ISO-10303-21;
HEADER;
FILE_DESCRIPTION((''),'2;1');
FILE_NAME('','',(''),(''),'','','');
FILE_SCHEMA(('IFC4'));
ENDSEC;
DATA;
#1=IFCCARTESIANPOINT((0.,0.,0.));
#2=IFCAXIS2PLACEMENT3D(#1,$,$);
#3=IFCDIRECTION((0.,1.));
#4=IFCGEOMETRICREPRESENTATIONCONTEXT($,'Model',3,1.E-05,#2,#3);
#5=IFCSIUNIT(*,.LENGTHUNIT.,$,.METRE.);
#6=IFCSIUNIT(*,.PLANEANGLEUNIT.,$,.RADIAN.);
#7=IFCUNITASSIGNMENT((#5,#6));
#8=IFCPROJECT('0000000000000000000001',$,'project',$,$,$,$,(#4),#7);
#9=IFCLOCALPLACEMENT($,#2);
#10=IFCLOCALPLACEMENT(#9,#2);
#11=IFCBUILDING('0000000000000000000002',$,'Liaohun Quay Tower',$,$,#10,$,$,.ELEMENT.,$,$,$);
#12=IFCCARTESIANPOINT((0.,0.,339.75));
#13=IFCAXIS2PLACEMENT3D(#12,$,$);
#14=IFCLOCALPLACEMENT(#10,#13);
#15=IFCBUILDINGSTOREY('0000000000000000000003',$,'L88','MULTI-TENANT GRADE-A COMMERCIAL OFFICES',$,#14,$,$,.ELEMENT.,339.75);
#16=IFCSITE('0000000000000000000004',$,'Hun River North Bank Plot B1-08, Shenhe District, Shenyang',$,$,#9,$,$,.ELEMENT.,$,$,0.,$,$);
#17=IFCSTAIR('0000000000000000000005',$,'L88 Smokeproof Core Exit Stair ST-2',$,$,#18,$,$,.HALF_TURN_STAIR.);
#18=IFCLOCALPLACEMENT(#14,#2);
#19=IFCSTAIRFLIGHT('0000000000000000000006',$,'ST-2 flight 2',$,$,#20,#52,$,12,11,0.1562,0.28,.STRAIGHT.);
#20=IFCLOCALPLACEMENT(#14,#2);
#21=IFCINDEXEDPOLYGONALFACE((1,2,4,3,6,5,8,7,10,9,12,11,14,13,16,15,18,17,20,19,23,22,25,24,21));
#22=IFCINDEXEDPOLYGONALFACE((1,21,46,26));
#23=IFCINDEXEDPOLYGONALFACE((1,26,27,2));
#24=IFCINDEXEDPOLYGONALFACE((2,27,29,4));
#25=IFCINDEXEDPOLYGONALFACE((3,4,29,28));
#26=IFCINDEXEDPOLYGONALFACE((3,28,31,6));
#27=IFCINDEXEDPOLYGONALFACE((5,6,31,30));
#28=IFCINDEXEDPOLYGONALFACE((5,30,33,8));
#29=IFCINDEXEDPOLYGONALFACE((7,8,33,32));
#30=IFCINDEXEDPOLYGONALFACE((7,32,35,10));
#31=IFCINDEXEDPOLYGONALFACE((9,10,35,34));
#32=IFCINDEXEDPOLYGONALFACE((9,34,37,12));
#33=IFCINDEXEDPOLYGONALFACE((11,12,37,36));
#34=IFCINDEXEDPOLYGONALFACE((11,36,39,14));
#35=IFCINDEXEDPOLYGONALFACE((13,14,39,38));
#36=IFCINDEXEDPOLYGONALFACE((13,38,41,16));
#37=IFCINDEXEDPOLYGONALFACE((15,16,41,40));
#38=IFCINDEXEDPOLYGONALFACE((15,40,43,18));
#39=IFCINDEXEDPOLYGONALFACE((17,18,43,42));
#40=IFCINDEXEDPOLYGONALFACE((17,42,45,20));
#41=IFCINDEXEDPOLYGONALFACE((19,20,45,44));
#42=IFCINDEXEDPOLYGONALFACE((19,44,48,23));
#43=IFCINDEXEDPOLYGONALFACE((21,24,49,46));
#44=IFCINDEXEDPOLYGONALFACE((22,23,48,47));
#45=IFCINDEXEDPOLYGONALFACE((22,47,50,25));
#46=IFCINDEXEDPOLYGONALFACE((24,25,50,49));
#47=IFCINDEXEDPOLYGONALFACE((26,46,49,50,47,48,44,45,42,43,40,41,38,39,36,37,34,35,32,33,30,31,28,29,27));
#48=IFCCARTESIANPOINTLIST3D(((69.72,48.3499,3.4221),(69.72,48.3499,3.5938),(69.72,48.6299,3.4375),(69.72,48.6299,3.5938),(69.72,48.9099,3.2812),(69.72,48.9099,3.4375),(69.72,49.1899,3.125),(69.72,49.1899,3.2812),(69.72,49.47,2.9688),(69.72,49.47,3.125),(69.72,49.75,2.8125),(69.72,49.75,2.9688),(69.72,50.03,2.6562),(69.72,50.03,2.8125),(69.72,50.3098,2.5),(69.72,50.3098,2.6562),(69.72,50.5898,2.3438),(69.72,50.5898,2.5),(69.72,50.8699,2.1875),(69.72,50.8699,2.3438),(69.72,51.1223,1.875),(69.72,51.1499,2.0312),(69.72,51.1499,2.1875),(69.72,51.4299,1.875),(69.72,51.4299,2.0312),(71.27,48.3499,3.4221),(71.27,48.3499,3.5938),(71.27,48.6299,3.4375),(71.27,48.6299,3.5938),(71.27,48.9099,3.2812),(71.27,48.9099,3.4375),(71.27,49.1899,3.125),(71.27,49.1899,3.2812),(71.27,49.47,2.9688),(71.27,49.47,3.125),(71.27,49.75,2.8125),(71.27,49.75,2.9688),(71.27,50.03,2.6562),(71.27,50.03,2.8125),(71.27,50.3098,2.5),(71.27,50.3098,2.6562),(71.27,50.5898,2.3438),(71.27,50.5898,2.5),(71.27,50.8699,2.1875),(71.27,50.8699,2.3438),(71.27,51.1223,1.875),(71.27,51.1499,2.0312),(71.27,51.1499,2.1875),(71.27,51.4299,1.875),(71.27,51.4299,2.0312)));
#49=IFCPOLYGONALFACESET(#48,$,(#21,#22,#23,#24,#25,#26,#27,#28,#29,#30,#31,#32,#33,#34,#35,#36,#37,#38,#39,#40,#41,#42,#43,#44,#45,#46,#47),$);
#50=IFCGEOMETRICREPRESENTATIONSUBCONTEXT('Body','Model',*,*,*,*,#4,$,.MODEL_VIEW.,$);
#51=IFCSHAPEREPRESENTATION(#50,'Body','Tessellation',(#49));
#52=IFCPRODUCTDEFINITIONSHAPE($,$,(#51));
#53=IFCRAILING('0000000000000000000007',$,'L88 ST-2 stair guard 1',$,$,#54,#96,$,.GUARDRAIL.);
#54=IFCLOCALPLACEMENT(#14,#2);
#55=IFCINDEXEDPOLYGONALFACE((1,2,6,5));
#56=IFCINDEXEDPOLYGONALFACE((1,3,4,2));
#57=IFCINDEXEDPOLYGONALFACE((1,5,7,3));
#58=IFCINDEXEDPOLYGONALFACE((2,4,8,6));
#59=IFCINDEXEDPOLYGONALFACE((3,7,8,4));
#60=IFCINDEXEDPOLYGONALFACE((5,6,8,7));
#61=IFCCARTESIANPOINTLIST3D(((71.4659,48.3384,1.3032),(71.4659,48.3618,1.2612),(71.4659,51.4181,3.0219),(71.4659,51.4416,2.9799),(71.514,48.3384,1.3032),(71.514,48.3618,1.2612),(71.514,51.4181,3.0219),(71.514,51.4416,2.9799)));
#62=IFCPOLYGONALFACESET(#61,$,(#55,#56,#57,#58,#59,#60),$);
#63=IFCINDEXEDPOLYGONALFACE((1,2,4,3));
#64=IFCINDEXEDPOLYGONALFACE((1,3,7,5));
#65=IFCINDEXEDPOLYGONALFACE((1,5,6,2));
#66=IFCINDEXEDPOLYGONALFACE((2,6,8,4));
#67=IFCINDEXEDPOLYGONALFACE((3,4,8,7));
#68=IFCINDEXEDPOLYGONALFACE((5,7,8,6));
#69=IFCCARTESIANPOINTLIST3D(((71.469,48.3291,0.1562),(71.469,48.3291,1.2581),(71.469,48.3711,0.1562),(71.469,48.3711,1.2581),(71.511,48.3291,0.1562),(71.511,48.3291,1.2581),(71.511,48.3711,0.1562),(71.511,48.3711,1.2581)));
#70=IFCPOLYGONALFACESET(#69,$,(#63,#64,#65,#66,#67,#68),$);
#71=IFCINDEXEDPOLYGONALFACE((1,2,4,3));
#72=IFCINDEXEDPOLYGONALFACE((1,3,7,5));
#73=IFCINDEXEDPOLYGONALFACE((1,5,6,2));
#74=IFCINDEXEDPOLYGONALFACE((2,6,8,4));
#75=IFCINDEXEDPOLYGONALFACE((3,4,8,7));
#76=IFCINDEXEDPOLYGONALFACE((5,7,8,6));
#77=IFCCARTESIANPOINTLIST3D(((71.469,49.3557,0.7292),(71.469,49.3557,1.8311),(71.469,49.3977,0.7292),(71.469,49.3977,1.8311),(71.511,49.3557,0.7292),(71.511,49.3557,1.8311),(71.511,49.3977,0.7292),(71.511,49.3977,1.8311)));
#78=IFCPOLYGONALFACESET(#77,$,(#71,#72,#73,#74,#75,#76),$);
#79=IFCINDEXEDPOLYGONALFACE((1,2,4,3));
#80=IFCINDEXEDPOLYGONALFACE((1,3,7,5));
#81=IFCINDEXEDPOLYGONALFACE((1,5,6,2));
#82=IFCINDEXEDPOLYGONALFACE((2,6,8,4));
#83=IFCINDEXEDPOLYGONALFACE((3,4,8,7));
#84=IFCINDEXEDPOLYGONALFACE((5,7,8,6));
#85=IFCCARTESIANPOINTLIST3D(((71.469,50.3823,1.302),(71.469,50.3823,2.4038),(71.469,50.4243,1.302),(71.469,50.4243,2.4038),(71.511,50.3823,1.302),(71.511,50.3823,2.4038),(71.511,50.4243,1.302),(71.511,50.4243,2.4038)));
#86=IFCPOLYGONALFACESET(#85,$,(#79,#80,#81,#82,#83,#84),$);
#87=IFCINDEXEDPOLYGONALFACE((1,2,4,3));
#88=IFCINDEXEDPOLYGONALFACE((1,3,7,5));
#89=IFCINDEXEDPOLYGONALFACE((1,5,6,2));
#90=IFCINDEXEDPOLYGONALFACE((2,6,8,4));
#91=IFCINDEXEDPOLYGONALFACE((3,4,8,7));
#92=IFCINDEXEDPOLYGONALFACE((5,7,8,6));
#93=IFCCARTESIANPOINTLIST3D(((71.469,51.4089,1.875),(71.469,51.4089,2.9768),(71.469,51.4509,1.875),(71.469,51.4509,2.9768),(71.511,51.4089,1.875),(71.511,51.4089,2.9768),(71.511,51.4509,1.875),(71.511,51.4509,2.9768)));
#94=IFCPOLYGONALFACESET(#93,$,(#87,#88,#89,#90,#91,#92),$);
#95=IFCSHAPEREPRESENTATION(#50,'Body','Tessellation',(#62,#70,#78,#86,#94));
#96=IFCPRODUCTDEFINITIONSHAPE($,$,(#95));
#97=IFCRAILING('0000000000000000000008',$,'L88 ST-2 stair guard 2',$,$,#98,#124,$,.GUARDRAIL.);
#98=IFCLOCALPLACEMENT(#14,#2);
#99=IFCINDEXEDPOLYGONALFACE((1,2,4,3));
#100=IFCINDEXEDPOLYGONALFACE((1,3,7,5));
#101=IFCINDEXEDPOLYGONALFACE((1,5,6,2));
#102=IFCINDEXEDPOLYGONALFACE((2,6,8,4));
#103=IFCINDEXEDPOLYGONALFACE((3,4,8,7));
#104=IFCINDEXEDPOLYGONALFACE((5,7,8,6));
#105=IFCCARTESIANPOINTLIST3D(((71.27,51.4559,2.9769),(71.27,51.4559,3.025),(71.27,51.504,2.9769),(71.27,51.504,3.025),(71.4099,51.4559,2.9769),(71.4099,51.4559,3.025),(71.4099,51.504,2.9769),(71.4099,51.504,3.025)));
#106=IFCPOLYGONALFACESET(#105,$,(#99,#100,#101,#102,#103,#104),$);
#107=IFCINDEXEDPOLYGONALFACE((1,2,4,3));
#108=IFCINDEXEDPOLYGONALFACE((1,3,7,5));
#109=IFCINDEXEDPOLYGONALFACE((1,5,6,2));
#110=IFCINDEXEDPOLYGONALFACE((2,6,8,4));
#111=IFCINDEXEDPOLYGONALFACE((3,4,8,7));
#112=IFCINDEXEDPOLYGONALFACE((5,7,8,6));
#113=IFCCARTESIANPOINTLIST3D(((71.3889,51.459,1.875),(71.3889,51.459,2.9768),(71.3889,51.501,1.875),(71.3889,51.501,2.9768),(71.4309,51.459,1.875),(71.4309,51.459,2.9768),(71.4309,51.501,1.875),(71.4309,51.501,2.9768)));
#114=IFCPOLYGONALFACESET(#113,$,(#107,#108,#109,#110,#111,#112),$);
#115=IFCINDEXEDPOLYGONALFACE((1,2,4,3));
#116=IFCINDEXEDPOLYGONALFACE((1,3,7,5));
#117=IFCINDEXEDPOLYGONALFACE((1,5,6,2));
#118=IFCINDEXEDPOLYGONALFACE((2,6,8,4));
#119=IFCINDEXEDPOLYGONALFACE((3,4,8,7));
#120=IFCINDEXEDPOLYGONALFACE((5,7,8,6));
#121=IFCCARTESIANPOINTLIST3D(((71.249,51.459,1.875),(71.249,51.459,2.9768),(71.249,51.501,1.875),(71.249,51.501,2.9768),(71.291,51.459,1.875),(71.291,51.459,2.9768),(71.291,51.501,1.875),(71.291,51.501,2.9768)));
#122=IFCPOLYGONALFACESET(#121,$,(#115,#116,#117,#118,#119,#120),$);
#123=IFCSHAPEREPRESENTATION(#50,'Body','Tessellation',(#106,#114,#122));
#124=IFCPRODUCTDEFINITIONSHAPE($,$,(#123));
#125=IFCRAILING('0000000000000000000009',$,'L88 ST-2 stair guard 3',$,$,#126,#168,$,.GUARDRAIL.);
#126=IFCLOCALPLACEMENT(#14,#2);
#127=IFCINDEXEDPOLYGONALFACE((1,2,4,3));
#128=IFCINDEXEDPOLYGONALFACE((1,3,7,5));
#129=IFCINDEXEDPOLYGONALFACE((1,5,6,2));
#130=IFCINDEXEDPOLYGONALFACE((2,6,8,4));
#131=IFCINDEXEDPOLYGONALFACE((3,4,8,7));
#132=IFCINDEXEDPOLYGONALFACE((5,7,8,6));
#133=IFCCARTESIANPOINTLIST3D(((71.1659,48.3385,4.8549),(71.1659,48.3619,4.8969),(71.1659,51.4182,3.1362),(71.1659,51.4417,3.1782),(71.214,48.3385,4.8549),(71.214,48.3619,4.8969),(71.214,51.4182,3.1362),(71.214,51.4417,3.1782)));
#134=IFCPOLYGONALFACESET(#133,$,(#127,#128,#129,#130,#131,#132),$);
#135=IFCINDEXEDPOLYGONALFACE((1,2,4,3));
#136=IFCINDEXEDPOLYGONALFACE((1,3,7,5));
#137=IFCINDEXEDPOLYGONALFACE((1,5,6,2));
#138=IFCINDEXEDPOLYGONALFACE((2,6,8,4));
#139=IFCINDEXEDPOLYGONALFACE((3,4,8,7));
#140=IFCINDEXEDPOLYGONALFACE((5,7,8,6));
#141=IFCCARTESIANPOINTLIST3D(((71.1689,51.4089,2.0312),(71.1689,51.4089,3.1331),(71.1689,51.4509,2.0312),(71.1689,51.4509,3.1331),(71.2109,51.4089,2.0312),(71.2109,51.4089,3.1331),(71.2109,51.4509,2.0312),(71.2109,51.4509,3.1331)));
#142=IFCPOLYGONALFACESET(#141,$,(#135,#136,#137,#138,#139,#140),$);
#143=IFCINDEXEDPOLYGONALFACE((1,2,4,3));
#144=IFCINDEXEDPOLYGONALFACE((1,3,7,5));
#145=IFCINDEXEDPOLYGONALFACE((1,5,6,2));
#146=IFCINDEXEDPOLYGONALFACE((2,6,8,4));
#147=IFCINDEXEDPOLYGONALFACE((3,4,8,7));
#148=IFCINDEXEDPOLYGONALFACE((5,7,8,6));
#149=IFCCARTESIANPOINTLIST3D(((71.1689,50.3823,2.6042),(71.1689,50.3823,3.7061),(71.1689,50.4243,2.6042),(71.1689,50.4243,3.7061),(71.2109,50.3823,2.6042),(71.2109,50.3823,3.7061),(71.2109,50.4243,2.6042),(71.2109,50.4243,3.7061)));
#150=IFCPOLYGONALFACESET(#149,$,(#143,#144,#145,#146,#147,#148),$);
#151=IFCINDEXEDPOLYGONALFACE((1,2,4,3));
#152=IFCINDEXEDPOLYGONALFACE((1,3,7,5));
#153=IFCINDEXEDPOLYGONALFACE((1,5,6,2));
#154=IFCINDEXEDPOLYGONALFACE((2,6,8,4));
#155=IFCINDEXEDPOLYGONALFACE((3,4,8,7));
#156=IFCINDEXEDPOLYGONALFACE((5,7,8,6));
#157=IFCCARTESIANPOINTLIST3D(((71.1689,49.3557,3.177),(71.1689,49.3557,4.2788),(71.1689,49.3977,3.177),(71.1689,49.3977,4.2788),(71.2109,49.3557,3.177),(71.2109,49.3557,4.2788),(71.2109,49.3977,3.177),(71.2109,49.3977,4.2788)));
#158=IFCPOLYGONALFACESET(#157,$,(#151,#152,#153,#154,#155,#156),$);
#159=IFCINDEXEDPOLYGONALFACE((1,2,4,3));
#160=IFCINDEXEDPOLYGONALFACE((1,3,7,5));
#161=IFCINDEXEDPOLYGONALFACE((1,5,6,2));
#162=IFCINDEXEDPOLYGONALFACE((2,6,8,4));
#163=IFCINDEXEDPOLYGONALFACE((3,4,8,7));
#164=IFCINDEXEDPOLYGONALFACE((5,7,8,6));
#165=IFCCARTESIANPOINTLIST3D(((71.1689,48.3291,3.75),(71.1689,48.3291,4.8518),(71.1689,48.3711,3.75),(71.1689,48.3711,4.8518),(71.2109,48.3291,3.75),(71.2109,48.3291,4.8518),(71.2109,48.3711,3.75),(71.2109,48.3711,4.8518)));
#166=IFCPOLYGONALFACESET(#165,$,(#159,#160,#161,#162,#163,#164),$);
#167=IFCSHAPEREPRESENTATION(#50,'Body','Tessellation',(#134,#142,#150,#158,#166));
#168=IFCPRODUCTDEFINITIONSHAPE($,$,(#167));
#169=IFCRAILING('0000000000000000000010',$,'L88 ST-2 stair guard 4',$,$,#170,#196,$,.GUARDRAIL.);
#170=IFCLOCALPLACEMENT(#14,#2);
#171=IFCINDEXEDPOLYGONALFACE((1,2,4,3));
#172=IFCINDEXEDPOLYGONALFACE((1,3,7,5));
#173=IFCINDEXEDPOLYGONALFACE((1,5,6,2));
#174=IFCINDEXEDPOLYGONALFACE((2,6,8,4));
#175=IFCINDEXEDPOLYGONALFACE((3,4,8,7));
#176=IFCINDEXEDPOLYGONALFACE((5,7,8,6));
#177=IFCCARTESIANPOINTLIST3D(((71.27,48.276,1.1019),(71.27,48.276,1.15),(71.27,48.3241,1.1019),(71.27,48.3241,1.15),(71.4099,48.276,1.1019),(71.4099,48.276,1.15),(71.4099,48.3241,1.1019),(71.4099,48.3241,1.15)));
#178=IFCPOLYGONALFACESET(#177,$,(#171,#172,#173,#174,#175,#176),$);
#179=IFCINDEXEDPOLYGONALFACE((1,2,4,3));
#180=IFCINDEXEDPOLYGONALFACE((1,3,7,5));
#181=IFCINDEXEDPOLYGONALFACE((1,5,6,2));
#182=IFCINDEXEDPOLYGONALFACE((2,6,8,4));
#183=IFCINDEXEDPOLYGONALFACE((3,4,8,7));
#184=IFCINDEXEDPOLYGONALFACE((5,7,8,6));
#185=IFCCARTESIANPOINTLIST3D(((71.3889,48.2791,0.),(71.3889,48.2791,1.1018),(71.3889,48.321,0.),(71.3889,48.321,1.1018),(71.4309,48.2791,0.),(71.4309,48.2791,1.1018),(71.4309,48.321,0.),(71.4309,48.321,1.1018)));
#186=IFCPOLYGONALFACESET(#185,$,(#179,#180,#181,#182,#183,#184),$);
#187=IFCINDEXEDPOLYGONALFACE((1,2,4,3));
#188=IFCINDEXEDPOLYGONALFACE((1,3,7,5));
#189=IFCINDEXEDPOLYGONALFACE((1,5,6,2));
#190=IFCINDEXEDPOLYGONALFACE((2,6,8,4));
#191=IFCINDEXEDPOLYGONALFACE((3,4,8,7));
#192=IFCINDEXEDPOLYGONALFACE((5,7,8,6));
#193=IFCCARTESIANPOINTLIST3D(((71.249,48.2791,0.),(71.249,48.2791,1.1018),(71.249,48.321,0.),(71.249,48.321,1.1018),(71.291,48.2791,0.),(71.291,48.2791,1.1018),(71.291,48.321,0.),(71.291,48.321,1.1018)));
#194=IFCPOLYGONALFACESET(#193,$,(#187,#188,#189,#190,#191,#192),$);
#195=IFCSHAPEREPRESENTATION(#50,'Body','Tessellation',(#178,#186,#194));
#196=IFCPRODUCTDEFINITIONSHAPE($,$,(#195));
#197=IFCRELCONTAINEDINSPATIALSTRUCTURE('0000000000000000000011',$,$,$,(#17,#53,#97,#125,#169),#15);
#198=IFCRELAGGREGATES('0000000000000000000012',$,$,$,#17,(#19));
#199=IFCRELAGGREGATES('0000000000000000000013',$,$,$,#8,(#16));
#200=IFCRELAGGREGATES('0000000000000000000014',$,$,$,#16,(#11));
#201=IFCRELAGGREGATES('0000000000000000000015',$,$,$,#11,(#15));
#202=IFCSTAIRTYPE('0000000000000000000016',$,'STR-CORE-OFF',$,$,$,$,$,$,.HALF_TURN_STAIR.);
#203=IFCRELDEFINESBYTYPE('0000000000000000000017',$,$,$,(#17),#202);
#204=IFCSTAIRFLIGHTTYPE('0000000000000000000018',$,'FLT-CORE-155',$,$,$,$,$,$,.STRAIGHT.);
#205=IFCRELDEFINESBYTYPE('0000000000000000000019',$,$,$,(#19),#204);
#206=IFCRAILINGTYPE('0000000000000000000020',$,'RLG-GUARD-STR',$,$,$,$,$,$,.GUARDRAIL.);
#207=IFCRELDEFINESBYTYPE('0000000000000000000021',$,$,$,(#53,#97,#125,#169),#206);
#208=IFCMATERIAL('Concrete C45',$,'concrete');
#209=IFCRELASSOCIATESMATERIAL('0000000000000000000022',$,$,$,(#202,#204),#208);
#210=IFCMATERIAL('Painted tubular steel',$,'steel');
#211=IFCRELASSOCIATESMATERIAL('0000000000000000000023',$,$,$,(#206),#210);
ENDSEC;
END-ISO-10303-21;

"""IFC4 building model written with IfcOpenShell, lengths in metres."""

from ifc_helpers import new_model, si_unit, direction, frame, origin, origin_2d, place, context, subcontext, project, spatial, polyline, rectangle, outline, extrude, material, type_object, element, aggregate, save


model = new_model("IFC4")

# Units and contexts
model_context = context("Model", 3, precision=1e-05, world=origin(), true_north=direction((0.0, 1.0)))
body_context = subcontext(model_context, "Body", "Model", "MODEL_VIEW")
ifc_project = project(units=[si_unit("LENGTHUNIT", "METRE"), si_unit("PLANEANGLEUNIT", "RADIAN")], contexts=[model_context])

# Site, building, storey
site_placement = place(None, origin())
site = spatial("IfcSite", under=ifc_project, at=site_placement, Name="Hun River North Bank Plot B1-08, Shenhe District, Shenyang", CompositionType="ELEMENT", RefElevation=0.0)
building_placement = place(site_placement, origin())
building = spatial("IfcBuilding", under=site, at=building_placement, Name="Liaohun Quay Tower", CompositionType="ELEMENT")
storey_placement = place(building_placement, frame((0.0, 0.0, 339.75)))
storey = spatial("IfcBuildingStorey", under=building, at=storey_placement, Name="L88", Description="MULTI-TENANT GRADE-A COMMERCIAL OFFICES", CompositionType="ELEMENT", Elevation=339.75)

# Stair, stair flight
ifc_material_1 = material(Name="Concrete C45", Category="concrete")
stair_type = type_object("IfcStairType", Name="STR-CORE-OFF", PredefinedType="HALF_TURN_STAIR", material=ifc_material_1)
stair_placement = place(storey_placement, origin())
stair = element("IfcStair", 1, at=stair_placement, inside=storey, type_object=stair_type, Name="L88 Smokeproof Core Exit Stair ST-2", PredefinedType="HALF_TURN_STAIR")
stair_flight_type = type_object("IfcStairFlightType", Name="FLT-CORE-155", PredefinedType="STRAIGHT", material=ifc_material_1)
stair_flight_1_placement = place(storey_placement, frame((70.4951, 51.4299, 1.875), z_axis=(0.0, 0.0, 1.0), x_axis=(0.0, -1.0, 0.0)))
stair_flight_1 = element("IfcStairFlight", 2, at=stair_flight_1_placement, type_object=stair_flight_type, Name="ST-2 flight 2", NumberOfRisers=12, NumberOfTreads=11, PredefinedType="STRAIGHT", RiserHeight=0.1562, TreadLength=0.28, context=body_context, shape_type="SweptSolid", body=[
    extrude(outline(polyline([(0.0, 0.0), (0.0, 0.1562), (0.28, 0.1562), (0.28, 0.3125), (0.5601, 0.3125), (0.5601, 0.4688), (0.8401, 0.4688), (0.8401, 0.625), (1.1201, 0.625), (1.1201, 0.7812), (1.3999, 0.7812), (1.3999, 0.9375), (1.6799, 0.9375), (1.6799, 1.0938), (1.96, 1.0938), (1.96, 1.25), (2.24, 1.25), (2.24, 1.4062), (2.52, 1.4062), (2.52, 1.5625), (2.8, 1.5625), (2.8, 1.7188), (3.0801, 1.7188), (3.0801, 1.875), (3.0801, 1.5471), (0.3076, 0.0), (0.0, 0.0)])), frame((0.0, 0.7749, 0.0), z_axis=(0.0, -1.0, 0.0), x_axis=(1.0, 0.0, 0.0)), (0.0, 0.0, 1.0), 1.55),
])
aggregate(stair, [stair_flight_1])

# Railings
ifc_material_2 = material(Name="Painted tubular steel", Category="steel")
railing_type_1 = type_object("IfcRailingType", Name="RLG-GUARD-STR", PredefinedType="GUARDRAIL", material=ifc_material_2)
railing_1_placement = place(storey_placement, frame((71.49, 48.3501, 0.1562)))
element("IfcRailing", 3, at=railing_1_placement, inside=storey, type_object=railing_type_1, Name="L88 ST-2 stair guard 1", PredefinedType="GUARDRAIL", context=body_context, shape_type="SweptSolid", body=[
    extrude(rectangle(XDim=0.0481, YDim=0.0481, at=origin_2d()), frame((0.0, 0.0, 1.126), z_axis=(0.0, 0.873225, 0.487317), x_axis=(-1.0, 0.0, 0.0)), (0.0, 0.0, 1.0), 3.5269),
    extrude(rectangle(XDim=0.042, YDim=0.042, at=origin_2d()), origin(), (0.0, 0.0, 1.0), 1.1018),
    extrude(rectangle(XDim=0.042, YDim=0.042, at=origin_2d()), frame((0.0, 1.0266, 0.573)), (0.0, 0.0, 1.0), 1.1018),
    extrude(rectangle(XDim=0.042, YDim=0.042, at=origin_2d()), frame((0.0, 2.0532, 1.1458)), (0.0, 0.0, 1.0), 1.1018),
    extrude(rectangle(XDim=0.042, YDim=0.042, at=origin_2d()), frame((0.0, 3.0798, 1.7188)), (0.0, 0.0, 1.0), 1.1018),
])
railing_2_placement = place(storey_placement, frame((71.4099, 51.48, 1.875)))
element("IfcRailing", 4, at=railing_2_placement, inside=storey, type_object=railing_type_1, Name="L88 ST-2 stair guard 2", PredefinedType="GUARDRAIL", context=body_context, shape_type="SweptSolid", body=[
    extrude(rectangle(XDim=0.0481, YDim=0.0481, at=origin_2d()), frame((0.0, 0.0, 1.126), z_axis=(-1.0, 0.0, 0.0), x_axis=(0.0, -1.0, 0.0)), (0.0, 0.0, 1.0), 0.1399),
    extrude(rectangle(XDim=0.042, YDim=0.042, at=origin_2d()), origin(), (0.0, 0.0, 1.0), 1.1018),
    extrude(rectangle(XDim=0.042, YDim=0.042, at=origin_2d()), frame((-0.1399, 0.0, 0.0)), (0.0, 0.0, 1.0), 1.1018),
])
railing_3_placement = place(storey_placement, frame((71.1899, 51.4299, 2.0312)))
element("IfcRailing", 5, at=railing_3_placement, inside=storey, type_object=railing_type_1, Name="L88 ST-2 stair guard 3", PredefinedType="GUARDRAIL", context=body_context, shape_type="SweptSolid", body=[
    extrude(rectangle(XDim=0.0481, YDim=0.0481, at=origin_2d()), frame((0.0, 0.0, 1.126), z_axis=(0.0, -0.873225, 0.487317), x_axis=(1.0, 0.0, 0.0)), (0.0, 0.0, 1.0), 3.5269),
    extrude(rectangle(XDim=0.042, YDim=0.042, at=origin_2d()), origin(), (0.0, 0.0, 1.0), 1.1018),
    extrude(rectangle(XDim=0.042, YDim=0.042, at=origin_2d()), frame((0.0, -1.0266, 0.573)), (0.0, 0.0, 1.0), 1.1018),
    extrude(rectangle(XDim=0.042, YDim=0.042, at=origin_2d()), frame((0.0, -2.0532, 1.1458)), (0.0, 0.0, 1.0), 1.1018),
    extrude(rectangle(XDim=0.042, YDim=0.042, at=origin_2d()), frame((0.0, -3.0798, 1.7188)), (0.0, 0.0, 1.0), 1.1018),
])
railing_4_placement = place(storey_placement, frame((71.4099, 48.3, 0.0)))
element("IfcRailing", 6, at=railing_4_placement, inside=storey, type_object=railing_type_1, Name="L88 ST-2 stair guard 4", PredefinedType="GUARDRAIL", context=body_context, shape_type="SweptSolid", body=[
    extrude(rectangle(XDim=0.0481, YDim=0.0481, at=origin_2d()), frame((0.0, 0.0, 1.126), z_axis=(-1.0, 0.0, 0.0), x_axis=(0.0, -1.0, 0.0)), (0.0, 0.0, 1.0), 0.1399),
    extrude(rectangle(XDim=0.042, YDim=0.042, at=origin_2d()), origin(), (0.0, 0.0, 1.0), 1.1018),
    extrude(rectangle(XDim=0.042, YDim=0.042, at=origin_2d()), frame((-0.1399, 0.0, 0.0)), (0.0, 0.0, 1.0), 1.1018),
])

save(model, "model.ifc")
